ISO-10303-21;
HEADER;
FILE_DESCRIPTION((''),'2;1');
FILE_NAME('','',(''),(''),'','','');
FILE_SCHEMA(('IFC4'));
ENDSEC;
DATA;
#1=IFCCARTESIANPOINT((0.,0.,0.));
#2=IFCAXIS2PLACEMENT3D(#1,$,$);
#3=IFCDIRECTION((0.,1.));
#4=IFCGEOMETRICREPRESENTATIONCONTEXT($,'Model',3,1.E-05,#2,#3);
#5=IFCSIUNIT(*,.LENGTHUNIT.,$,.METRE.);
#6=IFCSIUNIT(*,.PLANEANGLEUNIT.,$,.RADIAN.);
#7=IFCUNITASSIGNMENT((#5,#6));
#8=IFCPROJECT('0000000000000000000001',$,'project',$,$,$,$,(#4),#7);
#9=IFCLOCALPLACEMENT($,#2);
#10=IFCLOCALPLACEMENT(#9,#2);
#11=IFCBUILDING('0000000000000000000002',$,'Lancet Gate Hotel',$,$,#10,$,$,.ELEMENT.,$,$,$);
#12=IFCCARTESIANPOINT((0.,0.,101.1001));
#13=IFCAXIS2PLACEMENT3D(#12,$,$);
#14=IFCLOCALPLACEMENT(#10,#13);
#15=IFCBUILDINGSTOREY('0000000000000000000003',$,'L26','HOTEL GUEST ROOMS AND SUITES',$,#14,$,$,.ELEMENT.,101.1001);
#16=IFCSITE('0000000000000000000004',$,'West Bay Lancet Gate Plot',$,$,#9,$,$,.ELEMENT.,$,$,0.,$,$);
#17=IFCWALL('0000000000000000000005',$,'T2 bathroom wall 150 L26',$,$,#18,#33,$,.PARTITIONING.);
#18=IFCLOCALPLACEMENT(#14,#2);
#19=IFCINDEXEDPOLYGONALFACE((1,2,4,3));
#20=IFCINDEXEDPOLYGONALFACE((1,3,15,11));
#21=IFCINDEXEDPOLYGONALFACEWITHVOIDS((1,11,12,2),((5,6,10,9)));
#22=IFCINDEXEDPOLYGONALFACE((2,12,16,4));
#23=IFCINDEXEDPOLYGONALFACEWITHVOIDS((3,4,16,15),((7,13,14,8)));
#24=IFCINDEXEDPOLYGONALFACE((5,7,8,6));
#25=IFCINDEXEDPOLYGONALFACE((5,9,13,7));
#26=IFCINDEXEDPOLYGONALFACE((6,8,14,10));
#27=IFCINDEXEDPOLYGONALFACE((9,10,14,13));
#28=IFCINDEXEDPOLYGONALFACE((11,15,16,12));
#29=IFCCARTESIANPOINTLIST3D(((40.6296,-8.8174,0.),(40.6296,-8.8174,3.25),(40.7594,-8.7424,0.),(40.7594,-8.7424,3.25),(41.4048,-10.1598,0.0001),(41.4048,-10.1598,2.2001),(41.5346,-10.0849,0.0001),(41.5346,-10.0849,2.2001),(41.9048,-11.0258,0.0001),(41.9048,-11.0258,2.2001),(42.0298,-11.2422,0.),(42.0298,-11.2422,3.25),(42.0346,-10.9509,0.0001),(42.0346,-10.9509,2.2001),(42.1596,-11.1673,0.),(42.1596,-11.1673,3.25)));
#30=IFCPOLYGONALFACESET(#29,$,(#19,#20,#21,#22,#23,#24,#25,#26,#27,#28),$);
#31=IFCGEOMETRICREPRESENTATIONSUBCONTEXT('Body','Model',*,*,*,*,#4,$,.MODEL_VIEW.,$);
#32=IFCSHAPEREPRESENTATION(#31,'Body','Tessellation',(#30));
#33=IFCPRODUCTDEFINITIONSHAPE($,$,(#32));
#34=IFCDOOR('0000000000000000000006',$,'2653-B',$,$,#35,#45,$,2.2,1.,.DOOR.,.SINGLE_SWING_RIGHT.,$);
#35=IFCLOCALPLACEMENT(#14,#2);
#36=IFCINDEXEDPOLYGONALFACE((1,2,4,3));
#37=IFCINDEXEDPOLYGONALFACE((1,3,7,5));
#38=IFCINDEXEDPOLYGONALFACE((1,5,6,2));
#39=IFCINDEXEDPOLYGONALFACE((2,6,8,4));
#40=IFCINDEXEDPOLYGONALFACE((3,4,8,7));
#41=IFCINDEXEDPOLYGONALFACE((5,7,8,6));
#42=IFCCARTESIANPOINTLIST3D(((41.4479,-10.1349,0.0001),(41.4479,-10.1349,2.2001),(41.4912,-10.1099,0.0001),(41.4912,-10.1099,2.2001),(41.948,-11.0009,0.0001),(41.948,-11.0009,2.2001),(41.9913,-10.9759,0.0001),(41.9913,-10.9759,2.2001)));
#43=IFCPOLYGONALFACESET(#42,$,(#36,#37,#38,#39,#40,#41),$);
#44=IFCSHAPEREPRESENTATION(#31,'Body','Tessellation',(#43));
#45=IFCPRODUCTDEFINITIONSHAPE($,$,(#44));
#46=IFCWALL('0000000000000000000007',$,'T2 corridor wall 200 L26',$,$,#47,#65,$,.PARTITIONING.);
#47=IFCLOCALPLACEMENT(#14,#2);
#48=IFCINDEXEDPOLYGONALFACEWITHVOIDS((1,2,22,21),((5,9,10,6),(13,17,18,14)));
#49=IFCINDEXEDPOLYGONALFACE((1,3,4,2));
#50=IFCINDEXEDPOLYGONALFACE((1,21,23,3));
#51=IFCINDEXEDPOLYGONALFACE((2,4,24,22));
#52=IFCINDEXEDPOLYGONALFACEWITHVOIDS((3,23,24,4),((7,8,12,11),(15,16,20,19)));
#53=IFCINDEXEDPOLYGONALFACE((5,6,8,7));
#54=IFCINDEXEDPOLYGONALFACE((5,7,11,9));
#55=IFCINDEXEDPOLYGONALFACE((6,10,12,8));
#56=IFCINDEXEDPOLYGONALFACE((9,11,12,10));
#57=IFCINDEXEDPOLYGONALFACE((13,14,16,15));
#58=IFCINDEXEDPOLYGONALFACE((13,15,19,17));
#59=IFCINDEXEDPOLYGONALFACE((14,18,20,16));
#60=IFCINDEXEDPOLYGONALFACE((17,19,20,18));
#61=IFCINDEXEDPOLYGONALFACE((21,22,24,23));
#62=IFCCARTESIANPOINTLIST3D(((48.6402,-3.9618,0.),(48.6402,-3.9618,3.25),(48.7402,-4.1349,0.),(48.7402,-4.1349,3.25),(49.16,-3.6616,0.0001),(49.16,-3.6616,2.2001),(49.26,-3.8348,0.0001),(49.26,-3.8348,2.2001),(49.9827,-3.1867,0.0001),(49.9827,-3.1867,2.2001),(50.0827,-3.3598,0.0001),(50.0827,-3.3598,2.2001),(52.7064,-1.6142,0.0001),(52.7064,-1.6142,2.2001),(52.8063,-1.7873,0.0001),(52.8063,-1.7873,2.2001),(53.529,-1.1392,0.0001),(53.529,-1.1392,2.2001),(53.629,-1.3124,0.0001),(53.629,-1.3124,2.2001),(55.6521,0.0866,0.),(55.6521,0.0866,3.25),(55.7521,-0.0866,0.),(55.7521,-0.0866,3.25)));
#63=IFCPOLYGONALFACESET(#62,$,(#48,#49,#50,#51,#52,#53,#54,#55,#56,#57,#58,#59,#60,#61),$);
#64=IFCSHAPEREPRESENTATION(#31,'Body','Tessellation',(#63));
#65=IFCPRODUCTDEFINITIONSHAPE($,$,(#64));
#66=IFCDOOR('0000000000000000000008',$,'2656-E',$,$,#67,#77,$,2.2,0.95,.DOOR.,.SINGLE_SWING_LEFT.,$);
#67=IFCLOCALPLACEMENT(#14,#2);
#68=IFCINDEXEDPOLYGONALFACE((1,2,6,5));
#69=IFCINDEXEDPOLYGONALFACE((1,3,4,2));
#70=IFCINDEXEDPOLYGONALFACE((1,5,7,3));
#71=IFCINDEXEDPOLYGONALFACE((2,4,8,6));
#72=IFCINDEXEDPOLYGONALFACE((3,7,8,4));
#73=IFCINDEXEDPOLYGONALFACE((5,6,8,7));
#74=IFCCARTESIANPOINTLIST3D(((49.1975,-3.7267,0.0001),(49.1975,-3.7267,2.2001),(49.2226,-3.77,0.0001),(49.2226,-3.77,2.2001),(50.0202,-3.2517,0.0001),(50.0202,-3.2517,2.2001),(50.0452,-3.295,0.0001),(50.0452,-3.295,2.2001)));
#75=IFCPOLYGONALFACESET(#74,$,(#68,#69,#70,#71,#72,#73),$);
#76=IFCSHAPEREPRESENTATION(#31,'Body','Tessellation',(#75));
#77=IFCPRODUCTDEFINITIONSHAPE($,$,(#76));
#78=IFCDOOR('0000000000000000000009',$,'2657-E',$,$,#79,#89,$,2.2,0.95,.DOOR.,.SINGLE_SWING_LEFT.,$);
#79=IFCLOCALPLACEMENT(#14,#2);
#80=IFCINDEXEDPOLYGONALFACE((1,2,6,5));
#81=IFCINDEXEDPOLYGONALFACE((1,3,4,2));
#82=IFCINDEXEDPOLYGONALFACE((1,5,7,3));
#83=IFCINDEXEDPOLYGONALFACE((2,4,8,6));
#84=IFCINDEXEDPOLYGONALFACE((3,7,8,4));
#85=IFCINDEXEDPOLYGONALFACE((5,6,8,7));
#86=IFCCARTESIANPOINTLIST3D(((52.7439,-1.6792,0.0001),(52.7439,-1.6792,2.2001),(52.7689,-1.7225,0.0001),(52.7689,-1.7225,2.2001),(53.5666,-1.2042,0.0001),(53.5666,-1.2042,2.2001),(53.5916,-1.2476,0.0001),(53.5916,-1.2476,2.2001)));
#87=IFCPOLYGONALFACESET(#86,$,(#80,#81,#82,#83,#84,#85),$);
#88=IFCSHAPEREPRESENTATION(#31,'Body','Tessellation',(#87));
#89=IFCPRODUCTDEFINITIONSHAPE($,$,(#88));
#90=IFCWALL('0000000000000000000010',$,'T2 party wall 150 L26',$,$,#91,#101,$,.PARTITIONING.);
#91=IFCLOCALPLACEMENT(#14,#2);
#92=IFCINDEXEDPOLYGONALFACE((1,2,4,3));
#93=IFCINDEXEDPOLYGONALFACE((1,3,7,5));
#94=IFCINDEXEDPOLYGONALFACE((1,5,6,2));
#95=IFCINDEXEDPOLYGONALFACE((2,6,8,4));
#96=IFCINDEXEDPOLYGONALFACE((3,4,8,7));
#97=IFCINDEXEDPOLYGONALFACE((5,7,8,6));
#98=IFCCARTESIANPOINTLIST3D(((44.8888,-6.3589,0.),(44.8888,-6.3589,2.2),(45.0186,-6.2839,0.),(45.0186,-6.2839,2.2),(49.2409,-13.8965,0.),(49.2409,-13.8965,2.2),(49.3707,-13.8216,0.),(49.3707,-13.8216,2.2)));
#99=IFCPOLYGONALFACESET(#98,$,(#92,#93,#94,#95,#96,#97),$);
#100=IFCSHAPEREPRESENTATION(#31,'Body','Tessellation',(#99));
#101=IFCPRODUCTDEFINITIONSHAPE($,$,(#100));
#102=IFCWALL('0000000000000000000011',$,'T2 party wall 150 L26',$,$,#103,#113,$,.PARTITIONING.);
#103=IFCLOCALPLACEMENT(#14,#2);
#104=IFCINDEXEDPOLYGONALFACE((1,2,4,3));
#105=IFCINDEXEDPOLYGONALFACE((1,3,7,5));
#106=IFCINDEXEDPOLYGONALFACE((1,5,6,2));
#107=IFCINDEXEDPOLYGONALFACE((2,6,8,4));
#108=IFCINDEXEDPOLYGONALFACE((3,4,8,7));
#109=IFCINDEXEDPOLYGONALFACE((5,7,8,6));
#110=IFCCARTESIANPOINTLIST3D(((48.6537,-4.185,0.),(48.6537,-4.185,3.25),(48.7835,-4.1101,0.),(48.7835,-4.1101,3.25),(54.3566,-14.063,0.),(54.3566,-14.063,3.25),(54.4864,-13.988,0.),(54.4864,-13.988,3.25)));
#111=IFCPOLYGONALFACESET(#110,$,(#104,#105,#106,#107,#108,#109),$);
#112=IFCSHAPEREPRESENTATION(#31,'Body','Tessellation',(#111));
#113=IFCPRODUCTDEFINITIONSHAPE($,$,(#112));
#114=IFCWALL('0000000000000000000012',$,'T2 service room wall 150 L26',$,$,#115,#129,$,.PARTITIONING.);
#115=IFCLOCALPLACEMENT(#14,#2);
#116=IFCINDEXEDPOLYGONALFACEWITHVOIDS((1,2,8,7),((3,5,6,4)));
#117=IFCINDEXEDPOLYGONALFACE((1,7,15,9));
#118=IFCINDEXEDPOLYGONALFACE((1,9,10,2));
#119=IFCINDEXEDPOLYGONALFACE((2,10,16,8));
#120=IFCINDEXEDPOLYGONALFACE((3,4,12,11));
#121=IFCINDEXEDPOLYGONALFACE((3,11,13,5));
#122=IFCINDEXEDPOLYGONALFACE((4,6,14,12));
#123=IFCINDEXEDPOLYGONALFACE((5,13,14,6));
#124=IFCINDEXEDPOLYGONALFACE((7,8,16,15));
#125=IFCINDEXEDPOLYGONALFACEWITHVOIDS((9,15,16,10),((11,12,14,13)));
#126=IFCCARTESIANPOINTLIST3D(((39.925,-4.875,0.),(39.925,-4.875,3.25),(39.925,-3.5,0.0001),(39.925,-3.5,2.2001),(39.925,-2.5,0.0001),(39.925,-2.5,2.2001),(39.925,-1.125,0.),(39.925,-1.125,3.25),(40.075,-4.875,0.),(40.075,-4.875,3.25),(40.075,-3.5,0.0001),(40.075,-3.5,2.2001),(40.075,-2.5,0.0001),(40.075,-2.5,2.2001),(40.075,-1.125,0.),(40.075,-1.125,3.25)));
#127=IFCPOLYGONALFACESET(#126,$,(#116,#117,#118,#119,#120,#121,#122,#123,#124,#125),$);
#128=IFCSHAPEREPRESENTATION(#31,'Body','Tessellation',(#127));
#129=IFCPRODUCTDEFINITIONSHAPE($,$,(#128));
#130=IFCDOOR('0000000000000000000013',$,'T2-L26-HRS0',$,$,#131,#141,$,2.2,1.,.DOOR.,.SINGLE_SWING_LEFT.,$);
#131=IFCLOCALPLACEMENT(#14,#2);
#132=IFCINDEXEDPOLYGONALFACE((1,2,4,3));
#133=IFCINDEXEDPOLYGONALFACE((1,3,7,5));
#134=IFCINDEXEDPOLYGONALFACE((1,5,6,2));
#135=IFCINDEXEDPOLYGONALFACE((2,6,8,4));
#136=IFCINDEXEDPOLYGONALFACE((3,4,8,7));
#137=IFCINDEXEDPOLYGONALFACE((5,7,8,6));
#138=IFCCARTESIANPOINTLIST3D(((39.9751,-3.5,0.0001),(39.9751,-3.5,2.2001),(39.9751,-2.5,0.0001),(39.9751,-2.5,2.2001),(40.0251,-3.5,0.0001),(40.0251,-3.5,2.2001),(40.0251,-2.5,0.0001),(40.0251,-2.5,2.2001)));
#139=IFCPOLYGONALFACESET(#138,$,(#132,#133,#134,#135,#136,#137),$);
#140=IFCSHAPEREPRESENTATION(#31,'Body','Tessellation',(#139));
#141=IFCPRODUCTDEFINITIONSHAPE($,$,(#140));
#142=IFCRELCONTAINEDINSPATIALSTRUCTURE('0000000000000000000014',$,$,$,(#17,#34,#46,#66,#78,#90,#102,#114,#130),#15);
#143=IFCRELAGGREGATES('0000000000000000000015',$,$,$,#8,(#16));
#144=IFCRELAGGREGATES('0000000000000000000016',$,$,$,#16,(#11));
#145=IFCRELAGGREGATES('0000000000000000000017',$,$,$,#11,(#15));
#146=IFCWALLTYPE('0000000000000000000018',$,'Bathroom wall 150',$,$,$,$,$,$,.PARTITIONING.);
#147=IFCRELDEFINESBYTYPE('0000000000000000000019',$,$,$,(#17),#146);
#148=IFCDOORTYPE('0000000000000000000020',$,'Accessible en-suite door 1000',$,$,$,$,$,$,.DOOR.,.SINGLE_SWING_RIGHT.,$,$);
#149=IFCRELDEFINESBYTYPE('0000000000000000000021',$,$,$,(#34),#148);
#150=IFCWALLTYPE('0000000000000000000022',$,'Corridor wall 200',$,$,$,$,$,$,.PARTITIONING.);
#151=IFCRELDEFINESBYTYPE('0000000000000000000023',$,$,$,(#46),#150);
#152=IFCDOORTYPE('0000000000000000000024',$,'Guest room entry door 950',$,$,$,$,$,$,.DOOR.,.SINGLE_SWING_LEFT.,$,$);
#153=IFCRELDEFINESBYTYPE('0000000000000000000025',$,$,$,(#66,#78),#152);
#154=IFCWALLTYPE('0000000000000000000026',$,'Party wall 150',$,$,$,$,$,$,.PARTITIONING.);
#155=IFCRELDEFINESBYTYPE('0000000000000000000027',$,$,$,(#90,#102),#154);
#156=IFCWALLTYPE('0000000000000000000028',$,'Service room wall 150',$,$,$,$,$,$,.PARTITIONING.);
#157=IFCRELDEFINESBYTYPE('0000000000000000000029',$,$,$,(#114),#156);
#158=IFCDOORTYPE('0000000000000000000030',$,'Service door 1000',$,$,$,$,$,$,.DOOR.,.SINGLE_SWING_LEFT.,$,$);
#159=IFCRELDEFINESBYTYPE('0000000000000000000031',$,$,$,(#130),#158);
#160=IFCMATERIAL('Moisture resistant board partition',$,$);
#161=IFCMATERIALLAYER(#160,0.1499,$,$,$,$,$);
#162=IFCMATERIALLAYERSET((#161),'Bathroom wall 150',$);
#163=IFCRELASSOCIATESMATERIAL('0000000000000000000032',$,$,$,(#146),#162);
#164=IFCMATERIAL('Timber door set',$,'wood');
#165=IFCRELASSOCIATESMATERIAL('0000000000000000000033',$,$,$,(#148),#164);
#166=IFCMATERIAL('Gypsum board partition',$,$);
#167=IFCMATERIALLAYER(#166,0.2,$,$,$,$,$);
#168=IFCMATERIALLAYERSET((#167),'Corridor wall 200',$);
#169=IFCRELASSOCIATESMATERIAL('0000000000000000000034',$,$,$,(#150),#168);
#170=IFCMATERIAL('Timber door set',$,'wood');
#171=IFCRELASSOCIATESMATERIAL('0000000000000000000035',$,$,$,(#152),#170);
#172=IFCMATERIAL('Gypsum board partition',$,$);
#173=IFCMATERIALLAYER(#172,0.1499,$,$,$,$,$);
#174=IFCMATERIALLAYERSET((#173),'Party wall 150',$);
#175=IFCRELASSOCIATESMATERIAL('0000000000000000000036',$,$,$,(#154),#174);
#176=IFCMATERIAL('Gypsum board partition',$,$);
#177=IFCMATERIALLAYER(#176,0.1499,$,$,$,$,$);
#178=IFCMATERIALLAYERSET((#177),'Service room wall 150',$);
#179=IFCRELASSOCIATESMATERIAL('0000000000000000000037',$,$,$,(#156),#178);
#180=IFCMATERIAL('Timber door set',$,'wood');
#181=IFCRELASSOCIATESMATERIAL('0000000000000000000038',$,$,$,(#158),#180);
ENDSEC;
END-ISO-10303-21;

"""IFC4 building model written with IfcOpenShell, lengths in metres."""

from ifc_helpers import new_model, si_unit, direction, frame, frame_2d, origin, place, context, subcontext, project, spatial, rectangle, extrude, material, layer, layer_set, type_object, element, fill, save


model = new_model("IFC4")

# Units and contexts
model_context = context("Model", 3, precision=1e-05, world=origin(), true_north=direction((0.0, 1.0)))
body_context = subcontext(model_context, "Body", "Model", "MODEL_VIEW")
ifc_project = project(units=[si_unit("LENGTHUNIT", "METRE"), si_unit("PLANEANGLEUNIT", "RADIAN")], contexts=[model_context])

# Site, building, storey
site_placement = place(None, origin())
site = spatial("IfcSite", under=ifc_project, at=site_placement, Name="West Bay Lancet Gate Plot", CompositionType="ELEMENT", RefElevation=0.0)
building_placement = place(site_placement, origin())
building = spatial("IfcBuilding", under=site, at=building_placement, Name="Lancet Gate Hotel", CompositionType="ELEMENT")
storey_placement = place(building_placement, frame((0.0, 0.0, 101.1001)))
storey = spatial("IfcBuildingStorey", under=building, at=storey_placement, Name="L26", Description="HOTEL GUEST ROOMS AND SUITES", CompositionType="ELEMENT", Elevation=101.1001)

# Shared definitions
ifc_material_1 = material(Name="Moisture resistant board partition")
ifc_layer_1 = layer(ifc_material_1, 0.1499)
ifc_layer_set_1 = layer_set([ifc_layer_1], Name="Bathroom wall 150")
wall_type_1 = type_object("IfcWallType", Name="Bathroom wall 150", PredefinedType="PARTITIONING", material=ifc_layer_set_1)

# Wall, opening, door
wall_1_placement = place(storey_placement, frame((40.6946, -8.78, 0.0), z_axis=(0.0, 0.0, 1.0), x_axis=(0.50005, -0.865997, 0.0)))
wall_1 = element("IfcWall", 1, at=wall_1_placement, inside=storey, type_object=wall_type_1, Name="T2 bathroom wall 150 L26", PredefinedType="PARTITIONING", context=body_context, shape_type="SweptSolid", body=[
    extrude(rectangle(XDim=2.8, YDim=0.1499, at=frame_2d((1.3999, 0.0))), origin(), (0.0, 0.0, 1.0), 3.25),
])
opening_1_placement = place(wall_1_placement, frame((1.55, 0.0, 0.0)))
opening_1 = element("IfcOpeningElement", 2, at=opening_1_placement, cuts=wall_1, PredefinedType="OPENING", context=body_context, shape_type="SweptSolid", body=[
    extrude(rectangle(XDim=1.0, YDim=2.2, at=frame_2d((0.5, 1.1001))), frame((0.0, 0.085, 0.0), z_axis=(0.0, -1.0, 0.0), x_axis=(1.0, 0.0, 0.0)), (0.0, 0.0, 1.0), 0.1699),
])
ifc_material_2 = material(Name="Timber door set", Category="wood")
door_type_1 = type_object("IfcDoorType", Name="Accessible en-suite door 1000", OperationType="SINGLE_SWING_RIGHT", PredefinedType="DOOR", material=ifc_material_2)
door_1_placement = place(opening_1_placement, origin())
door_1 = element("IfcDoor", 3, at=door_1_placement, inside=storey, type_object=door_type_1, Name="2653-B", OperationType="SINGLE_SWING_RIGHT", OverallHeight=2.2, OverallWidth=1.0, PredefinedType="DOOR", context=body_context, shape_type="SweptSolid", body=[
    extrude(rectangle(XDim=1.0, YDim=2.2, at=frame_2d((0.5, 1.1001))), frame((0.0, 0.0249, 0.0), z_axis=(0.0, -1.0, 0.0), x_axis=(1.0, 0.0, 0.0)), (0.0, 0.0, 1.0), 0.05),
])
fill(opening_1, door_1)

# Wall, openings, doors
ifc_material_3 = material(Name="Gypsum board partition")
ifc_layer_2 = layer(ifc_material_3, 0.2)
ifc_layer_set_2 = layer_set([ifc_layer_2], Name="Corridor wall 200")
wall_type_2 = type_object("IfcWallType", Name="Corridor wall 200", PredefinedType="PARTITIONING", material=ifc_layer_set_2)
wall_2_placement = place(storey_placement, frame((48.6902, -4.0483, 0.0), z_axis=(0.0, 0.0, 1.0), x_axis=(0.866026, 0.499998, 0.0)))
wall_2 = element("IfcWall", 4, at=wall_2_placement, inside=storey, type_object=wall_type_2, Name="T2 corridor wall 200 L26", PredefinedType="PARTITIONING", context=body_context, shape_type="SweptSolid", body=[
    extrude(rectangle(XDim=8.0967, YDim=0.2, at=frame_2d((4.0483, 0.0))), origin(), (0.0, 0.0, 1.0), 3.25),
])
opening_2_placement = place(wall_2_placement, frame((0.6001, 0.0, 0.0)))
opening_2 = element("IfcOpeningElement", 5, at=opening_2_placement, cuts=wall_2, PredefinedType="OPENING", context=body_context, shape_type="SweptSolid", body=[
    extrude(rectangle(XDim=0.95, YDim=2.2, at=frame_2d((0.4751, 1.1001))), frame((0.0, 0.1099, 0.0), z_axis=(0.0, -1.0, 0.0), x_axis=(1.0, 0.0, 0.0)), (0.0, 0.0, 1.0), 0.22),
])
opening_3_placement = place(wall_2_placement, frame((4.6951, 0.0, 0.0)))
opening_3 = element("IfcOpeningElement", 6, at=opening_3_placement, cuts=wall_2, PredefinedType="OPENING", context=body_context, shape_type="SweptSolid", body=[
    extrude(rectangle(XDim=0.95, YDim=2.2, at=frame_2d((0.4751, 1.1001))), frame((0.0, 0.1099, 0.0), z_axis=(0.0, -1.0, 0.0), x_axis=(1.0, 0.0, 0.0)), (0.0, 0.0, 1.0), 0.22),
])
ifc_material_4 = material(Name="Timber door set", Category="wood")
door_type_2 = type_object("IfcDoorType", Name="Guest room entry door 950", OperationType="SINGLE_SWING_LEFT", PredefinedType="DOOR", material=ifc_material_4)
door_2_placement = place(opening_2_placement, origin())
door_2 = element("IfcDoor", 7, at=door_2_placement, inside=storey, type_object=door_type_2, Name="2656-E", OperationType="SINGLE_SWING_LEFT", OverallHeight=2.2, OverallWidth=0.95, PredefinedType="DOOR", context=body_context, shape_type="SweptSolid", body=[
    extrude(rectangle(XDim=0.95, YDim=2.2, at=frame_2d((0.4751, 1.1001))), frame((0.0, 0.0249, 0.0), z_axis=(0.0, -1.0, 0.0), x_axis=(1.0, 0.0, 0.0)), (0.0, 0.0, 1.0), 0.05),
])
fill(opening_2, door_2)
door_3_placement = place(opening_3_placement, origin())
door_3 = element("IfcDoor", 8, at=door_3_placement, inside=storey, type_object=door_type_2, Name="2657-E", OperationType="SINGLE_SWING_LEFT", OverallHeight=2.2, OverallWidth=0.95, PredefinedType="DOOR", context=body_context, shape_type="SweptSolid", body=[
    extrude(rectangle(XDim=0.95, YDim=2.2, at=frame_2d((0.4751, 1.1001))), frame((0.0, 0.0249, 0.0), z_axis=(0.0, -1.0, 0.0), x_axis=(1.0, 0.0, 0.0)), (0.0, 0.0, 1.0), 0.05),
])
fill(opening_3, door_3)

# Walls
ifc_material_5 = material(Name="Gypsum board partition")
ifc_layer_3 = layer(ifc_material_5, 0.1499)
ifc_layer_set_3 = layer_set([ifc_layer_3], Name="Party wall 150")
wall_type_3 = type_object("IfcWallType", Name="Party wall 150", PredefinedType="PARTITIONING", material=ifc_layer_set_3)
wall_3_placement = place(storey_placement, frame((44.9536, -6.3213, 0.0), z_axis=(0.0, 0.0, 1.0), x_axis=(0.500019, -0.866015, 0.0)))
element("IfcWall", 9, at=wall_3_placement, inside=storey, type_object=wall_type_3, Name="T2 party wall 150 L26", PredefinedType="PARTITIONING", context=body_context, shape_type="SweptSolid", body=[
    extrude(rectangle(XDim=8.7039, YDim=0.1499, at=frame_2d((4.3521, 0.0))), origin(), (0.0, 0.0, 1.0), 2.2),
])
wall_4_placement = place(storey_placement, frame((48.7185, -4.1475, 0.0), z_axis=(0.0, 0.0, 1.0), x_axis=(0.49999, -0.866031, 0.0)))
element("IfcWall", 10, at=wall_4_placement, inside=storey, type_object=wall_type_3, Name="T2 party wall 150 L26", PredefinedType="PARTITIONING", context=body_context, shape_type="SweptSolid", body=[
    extrude(rectangle(XDim=11.406, YDim=0.1499, at=frame_2d((5.7031, 0.0))), origin(), (0.0, 0.0, 1.0), 3.25),
])

# Wall, opening, door
ifc_material_6 = material(Name="Gypsum board partition")
ifc_layer_4 = layer(ifc_material_6, 0.1499)
ifc_layer_set_4 = layer_set([ifc_layer_4], Name="Service room wall 150")
wall_type_4 = type_object("IfcWallType", Name="Service room wall 150", PredefinedType="PARTITIONING", material=ifc_layer_set_4)
wall_5_placement = place(storey_placement, frame((40.0, -4.875, 0.0), z_axis=(0.0, 0.0, 1.0), x_axis=(0.0, 1.0, 0.0)))
wall_5 = element("IfcWall", 11, at=wall_5_placement, inside=storey, type_object=wall_type_4, Name="T2 service room wall 150 L26", PredefinedType="PARTITIONING", context=body_context, shape_type="SweptSolid", body=[
    extrude(rectangle(XDim=3.75, YDim=0.1499, at=frame_2d((1.875, 0.0))), origin(), (0.0, 0.0, 1.0), 3.25),
])
opening_4_placement = place(wall_5_placement, frame((1.375, 0.0, 0.0)))
opening_4 = element("IfcOpeningElement", 12, at=opening_4_placement, cuts=wall_5, PredefinedType="OPENING", context=body_context, shape_type="SweptSolid", body=[
    extrude(rectangle(XDim=1.0, YDim=2.2, at=frame_2d((0.5, 1.1001))), frame((0.0, 0.085, 0.0), z_axis=(0.0, -1.0, 0.0), x_axis=(1.0, 0.0, 0.0)), (0.0, 0.0, 1.0), 0.1699),
])
ifc_material_7 = material(Name="Timber door set", Category="wood")
door_type_3 = type_object("IfcDoorType", Name="Service door 1000", OperationType="SINGLE_SWING_LEFT", PredefinedType="DOOR", material=ifc_material_7)
door_4_placement = place(opening_4_placement, origin())
door_4 = element("IfcDoor", 13, at=door_4_placement, inside=storey, type_object=door_type_3, Name="T2-L26-HRS0", OperationType="SINGLE_SWING_LEFT", OverallHeight=2.2, OverallWidth=1.0, PredefinedType="DOOR", context=body_context, shape_type="SweptSolid", body=[
    extrude(rectangle(XDim=1.0, YDim=2.2, at=frame_2d((0.5, 1.1001))), frame((0.0, 0.0249, 0.0), z_axis=(0.0, -1.0, 0.0), x_axis=(1.0, 0.0, 0.0)), (0.0, 0.0, 1.0), 0.05),
])
fill(opening_4, door_4)

save(model, "model.ifc")
